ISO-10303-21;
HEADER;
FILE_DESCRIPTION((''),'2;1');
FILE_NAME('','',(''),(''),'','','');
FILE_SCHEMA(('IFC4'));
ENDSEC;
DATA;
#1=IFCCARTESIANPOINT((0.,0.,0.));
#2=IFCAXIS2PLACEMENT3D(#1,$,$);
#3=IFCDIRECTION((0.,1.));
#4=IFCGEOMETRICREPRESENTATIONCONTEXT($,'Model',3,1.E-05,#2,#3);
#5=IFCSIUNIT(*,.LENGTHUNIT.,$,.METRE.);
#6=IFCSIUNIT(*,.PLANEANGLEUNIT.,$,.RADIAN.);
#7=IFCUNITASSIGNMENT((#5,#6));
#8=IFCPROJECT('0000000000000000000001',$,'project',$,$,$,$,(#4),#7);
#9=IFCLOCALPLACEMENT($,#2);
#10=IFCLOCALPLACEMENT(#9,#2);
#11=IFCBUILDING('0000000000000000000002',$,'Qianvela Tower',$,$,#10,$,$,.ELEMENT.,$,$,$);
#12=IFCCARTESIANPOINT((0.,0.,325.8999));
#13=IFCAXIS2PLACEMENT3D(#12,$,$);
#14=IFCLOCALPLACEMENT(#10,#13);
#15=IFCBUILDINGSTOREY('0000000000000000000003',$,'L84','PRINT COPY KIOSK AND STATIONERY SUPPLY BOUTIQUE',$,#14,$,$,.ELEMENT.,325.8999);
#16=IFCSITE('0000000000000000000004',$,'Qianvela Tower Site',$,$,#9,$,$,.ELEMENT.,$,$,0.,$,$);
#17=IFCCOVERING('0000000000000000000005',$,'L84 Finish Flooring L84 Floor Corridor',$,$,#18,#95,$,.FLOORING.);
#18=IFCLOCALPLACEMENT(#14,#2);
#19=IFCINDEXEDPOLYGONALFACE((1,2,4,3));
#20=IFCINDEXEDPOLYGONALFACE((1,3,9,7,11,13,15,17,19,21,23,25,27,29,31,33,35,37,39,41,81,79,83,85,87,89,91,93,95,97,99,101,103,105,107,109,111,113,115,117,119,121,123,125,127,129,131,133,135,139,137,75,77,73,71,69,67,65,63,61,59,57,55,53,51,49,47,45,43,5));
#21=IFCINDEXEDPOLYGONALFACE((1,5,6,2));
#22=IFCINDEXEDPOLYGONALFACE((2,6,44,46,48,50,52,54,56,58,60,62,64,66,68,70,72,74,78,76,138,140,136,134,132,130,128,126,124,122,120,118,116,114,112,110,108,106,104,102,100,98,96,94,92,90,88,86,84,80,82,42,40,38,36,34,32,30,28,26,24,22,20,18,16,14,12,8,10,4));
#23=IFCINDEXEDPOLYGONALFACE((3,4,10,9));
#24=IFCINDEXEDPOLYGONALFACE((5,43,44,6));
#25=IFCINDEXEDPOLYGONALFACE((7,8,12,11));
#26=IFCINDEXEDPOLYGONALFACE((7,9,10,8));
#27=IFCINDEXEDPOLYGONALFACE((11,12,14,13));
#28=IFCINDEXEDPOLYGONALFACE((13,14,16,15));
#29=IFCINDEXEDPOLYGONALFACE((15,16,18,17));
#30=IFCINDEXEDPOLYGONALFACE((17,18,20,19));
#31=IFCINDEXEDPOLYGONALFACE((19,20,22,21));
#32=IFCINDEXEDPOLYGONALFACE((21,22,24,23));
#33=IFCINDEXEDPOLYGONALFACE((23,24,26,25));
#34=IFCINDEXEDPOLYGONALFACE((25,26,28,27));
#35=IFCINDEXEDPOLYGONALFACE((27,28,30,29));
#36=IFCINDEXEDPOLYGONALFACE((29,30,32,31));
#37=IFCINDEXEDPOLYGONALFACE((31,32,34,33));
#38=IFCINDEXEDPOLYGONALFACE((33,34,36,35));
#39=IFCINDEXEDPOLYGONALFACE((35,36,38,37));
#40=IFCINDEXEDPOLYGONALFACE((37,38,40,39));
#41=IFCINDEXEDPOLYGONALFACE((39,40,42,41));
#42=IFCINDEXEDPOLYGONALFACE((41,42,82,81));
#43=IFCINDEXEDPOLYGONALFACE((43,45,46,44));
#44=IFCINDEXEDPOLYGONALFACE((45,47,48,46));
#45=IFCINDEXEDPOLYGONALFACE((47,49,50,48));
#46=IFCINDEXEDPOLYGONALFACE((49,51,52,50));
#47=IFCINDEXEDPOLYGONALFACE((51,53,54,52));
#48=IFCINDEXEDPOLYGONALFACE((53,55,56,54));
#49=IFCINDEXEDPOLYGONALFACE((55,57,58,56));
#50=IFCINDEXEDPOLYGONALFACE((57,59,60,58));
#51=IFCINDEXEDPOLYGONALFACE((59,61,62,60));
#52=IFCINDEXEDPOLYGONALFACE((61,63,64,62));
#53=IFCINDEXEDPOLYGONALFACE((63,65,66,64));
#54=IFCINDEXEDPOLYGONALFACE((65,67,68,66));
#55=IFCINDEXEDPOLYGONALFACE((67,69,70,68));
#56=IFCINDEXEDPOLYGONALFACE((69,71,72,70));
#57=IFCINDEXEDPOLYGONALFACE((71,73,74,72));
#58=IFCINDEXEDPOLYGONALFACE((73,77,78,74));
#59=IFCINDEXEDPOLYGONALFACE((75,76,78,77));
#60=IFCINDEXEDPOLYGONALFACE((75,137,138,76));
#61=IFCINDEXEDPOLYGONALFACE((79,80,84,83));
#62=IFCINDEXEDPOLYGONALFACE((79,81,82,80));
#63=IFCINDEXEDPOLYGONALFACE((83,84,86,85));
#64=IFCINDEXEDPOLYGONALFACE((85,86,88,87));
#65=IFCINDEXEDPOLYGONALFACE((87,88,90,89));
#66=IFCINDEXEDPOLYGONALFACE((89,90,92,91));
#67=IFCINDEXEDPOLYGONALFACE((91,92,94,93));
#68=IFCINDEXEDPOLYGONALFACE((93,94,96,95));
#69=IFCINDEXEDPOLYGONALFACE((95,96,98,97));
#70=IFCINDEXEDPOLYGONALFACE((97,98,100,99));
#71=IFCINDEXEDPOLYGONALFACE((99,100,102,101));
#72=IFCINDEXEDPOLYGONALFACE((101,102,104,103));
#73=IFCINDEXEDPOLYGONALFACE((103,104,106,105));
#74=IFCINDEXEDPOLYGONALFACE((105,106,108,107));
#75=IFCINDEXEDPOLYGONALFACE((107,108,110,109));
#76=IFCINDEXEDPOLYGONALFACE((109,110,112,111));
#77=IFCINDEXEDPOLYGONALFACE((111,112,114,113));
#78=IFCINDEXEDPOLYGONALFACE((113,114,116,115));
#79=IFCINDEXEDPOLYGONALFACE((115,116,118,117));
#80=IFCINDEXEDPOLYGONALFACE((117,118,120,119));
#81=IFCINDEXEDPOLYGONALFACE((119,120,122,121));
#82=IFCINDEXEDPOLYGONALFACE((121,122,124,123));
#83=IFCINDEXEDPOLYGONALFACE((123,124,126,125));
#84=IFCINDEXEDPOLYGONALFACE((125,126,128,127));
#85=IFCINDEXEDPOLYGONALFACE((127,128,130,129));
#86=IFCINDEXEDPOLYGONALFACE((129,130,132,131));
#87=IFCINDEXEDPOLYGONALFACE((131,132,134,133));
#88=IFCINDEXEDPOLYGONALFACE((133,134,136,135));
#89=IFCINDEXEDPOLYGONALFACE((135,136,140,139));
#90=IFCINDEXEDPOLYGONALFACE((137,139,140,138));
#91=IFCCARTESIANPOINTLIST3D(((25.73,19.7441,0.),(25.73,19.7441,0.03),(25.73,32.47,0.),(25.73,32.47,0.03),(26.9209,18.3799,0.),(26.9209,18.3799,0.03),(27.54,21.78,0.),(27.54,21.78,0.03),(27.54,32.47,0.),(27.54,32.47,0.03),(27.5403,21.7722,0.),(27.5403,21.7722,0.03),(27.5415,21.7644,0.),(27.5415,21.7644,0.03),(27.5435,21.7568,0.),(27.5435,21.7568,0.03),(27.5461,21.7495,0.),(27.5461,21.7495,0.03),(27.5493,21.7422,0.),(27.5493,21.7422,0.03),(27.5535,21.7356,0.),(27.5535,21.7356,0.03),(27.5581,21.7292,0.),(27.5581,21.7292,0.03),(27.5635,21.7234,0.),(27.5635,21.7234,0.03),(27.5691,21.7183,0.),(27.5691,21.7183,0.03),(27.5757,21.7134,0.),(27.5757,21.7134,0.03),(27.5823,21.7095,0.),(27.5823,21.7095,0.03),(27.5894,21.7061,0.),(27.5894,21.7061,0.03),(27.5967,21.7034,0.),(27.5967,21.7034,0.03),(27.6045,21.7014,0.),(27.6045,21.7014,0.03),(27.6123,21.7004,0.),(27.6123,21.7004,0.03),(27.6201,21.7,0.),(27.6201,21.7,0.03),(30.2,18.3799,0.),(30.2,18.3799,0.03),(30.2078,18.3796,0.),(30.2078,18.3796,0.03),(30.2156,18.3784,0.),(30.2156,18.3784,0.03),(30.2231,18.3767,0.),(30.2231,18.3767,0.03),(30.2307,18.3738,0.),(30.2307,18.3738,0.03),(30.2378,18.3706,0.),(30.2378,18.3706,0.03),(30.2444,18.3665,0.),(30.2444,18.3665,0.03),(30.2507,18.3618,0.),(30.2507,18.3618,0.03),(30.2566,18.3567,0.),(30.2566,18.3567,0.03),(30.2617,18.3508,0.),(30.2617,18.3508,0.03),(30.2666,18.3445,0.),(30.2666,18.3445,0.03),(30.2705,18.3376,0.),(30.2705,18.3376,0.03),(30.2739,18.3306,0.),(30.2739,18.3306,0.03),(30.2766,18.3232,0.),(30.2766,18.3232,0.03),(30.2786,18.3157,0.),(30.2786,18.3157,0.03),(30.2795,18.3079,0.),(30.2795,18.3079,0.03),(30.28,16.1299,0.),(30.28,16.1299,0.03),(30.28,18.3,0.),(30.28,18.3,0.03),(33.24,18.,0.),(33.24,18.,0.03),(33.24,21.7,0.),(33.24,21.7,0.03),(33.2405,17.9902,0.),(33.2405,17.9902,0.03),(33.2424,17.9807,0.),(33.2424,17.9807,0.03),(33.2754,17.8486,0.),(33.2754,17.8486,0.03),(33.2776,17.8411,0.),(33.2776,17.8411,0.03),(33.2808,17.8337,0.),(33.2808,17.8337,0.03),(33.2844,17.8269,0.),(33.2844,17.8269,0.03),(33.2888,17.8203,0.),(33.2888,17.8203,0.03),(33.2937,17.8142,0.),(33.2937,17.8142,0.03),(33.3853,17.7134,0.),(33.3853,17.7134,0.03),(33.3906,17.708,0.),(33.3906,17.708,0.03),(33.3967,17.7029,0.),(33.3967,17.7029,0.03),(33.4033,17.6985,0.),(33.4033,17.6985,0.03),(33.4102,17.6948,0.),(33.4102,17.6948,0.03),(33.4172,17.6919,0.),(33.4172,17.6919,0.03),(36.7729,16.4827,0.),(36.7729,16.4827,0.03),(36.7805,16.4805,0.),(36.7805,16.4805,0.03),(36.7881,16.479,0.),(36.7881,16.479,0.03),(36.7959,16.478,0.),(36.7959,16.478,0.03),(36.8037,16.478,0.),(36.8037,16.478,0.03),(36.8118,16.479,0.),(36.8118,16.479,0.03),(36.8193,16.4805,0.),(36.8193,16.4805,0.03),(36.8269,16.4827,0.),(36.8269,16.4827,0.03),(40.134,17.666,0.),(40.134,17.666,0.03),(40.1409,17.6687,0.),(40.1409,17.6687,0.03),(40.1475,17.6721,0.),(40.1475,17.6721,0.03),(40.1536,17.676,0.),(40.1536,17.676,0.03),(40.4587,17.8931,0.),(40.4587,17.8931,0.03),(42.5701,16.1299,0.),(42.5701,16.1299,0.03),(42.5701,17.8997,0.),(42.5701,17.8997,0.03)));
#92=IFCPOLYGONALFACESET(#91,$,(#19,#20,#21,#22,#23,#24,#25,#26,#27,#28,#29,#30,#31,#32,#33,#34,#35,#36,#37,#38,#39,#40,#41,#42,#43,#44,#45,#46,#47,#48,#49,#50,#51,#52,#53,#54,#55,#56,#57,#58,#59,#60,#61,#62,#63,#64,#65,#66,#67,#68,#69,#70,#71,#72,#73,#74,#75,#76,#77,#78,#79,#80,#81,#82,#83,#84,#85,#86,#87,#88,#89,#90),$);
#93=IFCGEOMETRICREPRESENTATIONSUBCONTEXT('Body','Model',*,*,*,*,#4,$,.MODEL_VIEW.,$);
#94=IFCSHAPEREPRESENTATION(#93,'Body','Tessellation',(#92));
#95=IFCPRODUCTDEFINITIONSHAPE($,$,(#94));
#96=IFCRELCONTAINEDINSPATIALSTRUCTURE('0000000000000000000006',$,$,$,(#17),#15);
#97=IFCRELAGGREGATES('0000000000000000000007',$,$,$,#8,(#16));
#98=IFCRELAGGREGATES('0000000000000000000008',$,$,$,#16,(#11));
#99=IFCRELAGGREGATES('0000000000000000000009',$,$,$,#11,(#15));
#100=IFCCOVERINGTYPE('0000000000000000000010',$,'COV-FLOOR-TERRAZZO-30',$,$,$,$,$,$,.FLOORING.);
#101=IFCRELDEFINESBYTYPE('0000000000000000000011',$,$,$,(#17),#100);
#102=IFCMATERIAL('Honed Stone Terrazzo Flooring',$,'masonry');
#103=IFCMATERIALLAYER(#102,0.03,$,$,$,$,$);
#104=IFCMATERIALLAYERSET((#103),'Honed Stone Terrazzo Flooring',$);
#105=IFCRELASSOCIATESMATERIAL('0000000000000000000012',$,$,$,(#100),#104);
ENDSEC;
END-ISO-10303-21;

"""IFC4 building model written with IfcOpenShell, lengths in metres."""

from ifc_helpers import new_model, si_unit, direction, frame, origin, place, context, subcontext, project, spatial, polyline, outline, extrude, material, layer, layer_set, type_object, element, save


model = new_model("IFC4")

# Units and contexts
model_context = context("Model", 3, precision=1e-05, world=origin(), true_north=direction((0.0, 1.0)))
body_context = subcontext(model_context, "Body", "Model", "MODEL_VIEW")
ifc_project = project(units=[si_unit("LENGTHUNIT", "METRE"), si_unit("PLANEANGLEUNIT", "RADIAN")], contexts=[model_context])

# Site, building, storey
site_placement = place(None, origin())
site = spatial("IfcSite", under=ifc_project, at=site_placement, Name="Qianvela Tower Site", CompositionType="ELEMENT", RefElevation=0.0)
building_placement = place(site_placement, origin())
building = spatial("IfcBuilding", under=site, at=building_placement, Name="Qianvela Tower", CompositionType="ELEMENT")
storey_placement = place(building_placement, frame((0.0, 0.0, 325.8999)))
storey = spatial("IfcBuildingStorey", under=building, at=storey_placement, Name="L84", Description="PRINT COPY KIOSK AND STATIONERY SUPPLY BOUTIQUE", CompositionType="ELEMENT", Elevation=325.8999)

# Covering
ifc_material_1 = material(Name="Honed Stone Terrazzo Flooring", Category="masonry")
ifc_layer_1 = layer(ifc_material_1, 0.03)
ifc_layer_set_1 = layer_set([ifc_layer_1], Name="Honed Stone Terrazzo Flooring")
covering_type_1 = type_object("IfcCoveringType", Name="COV-FLOOR-TERRAZZO-30", PredefinedType="FLOORING", material=ifc_layer_set_1)
covering_1_placement = place(storey_placement, origin())
element("IfcCovering", 1, at=covering_1_placement, inside=storey, type_object=covering_type_1, Name="L84 Finish Flooring L84 Floor Corridor", PredefinedType="FLOORING", context=body_context, shape_type="SweptSolid", body=[
    extrude(outline(polyline([(27.54, 21.78), (27.5403, 21.7722), (27.5415, 21.7644), (27.5435, 21.7568), (27.5461, 21.7495), (27.5493, 21.7422), (27.5535, 21.7356), (27.5581, 21.7292), (27.5635, 21.7234), (27.5691, 21.7183), (27.5757, 21.7134), (27.5823, 21.7095), (27.5894, 21.7061), (27.5967, 21.7034), (27.6045, 21.7014), (27.6123, 21.7004), (27.6201, 21.7), (33.24, 21.7), (33.24, 18.0), (33.2405, 17.9902), (33.2424, 17.9807), (33.2754, 17.8486), (33.2776, 17.8411), (33.2808, 17.8337), (33.2844, 17.8269), (33.2888, 17.8203), (33.2937, 17.8142), (33.3853, 17.7134), (33.3906, 17.708), (33.3967, 17.7029), (33.4033, 17.6985), (33.4102, 17.6948), (33.4172, 17.6919), (36.7729, 16.4827), (36.7805, 16.4805), (36.7881, 16.479), (36.7959, 16.478), (36.8037, 16.478), (36.8118, 16.479), (36.8193, 16.4805), (36.8269, 16.4827), (40.134, 17.666), (40.1409, 17.6687), (40.1475, 17.6721), (40.1536, 17.676), (40.4587, 17.8931), (42.5701, 17.8997), (42.5701, 16.1299), (30.28, 16.1299), (30.28, 18.3), (30.2795, 18.3079), (30.2786, 18.3157), (30.2766, 18.3232), (30.2739, 18.3306), (30.2705, 18.3376), (30.2666, 18.3445), (30.2617, 18.3508), (30.2566, 18.3567), (30.2507, 18.3618), (30.2444, 18.3665), (30.2378, 18.3706), (30.2307, 18.3738), (30.2231, 18.3767), (30.2156, 18.3784), (30.2078, 18.3796), (30.2, 18.3799), (26.9209, 18.3799), (25.73, 19.7441), (25.73, 32.47), (27.54, 32.47), (27.54, 21.78)])), origin(), (0.0, 0.0, 1.0), 0.03),
])

save(model, "model.ifc")
